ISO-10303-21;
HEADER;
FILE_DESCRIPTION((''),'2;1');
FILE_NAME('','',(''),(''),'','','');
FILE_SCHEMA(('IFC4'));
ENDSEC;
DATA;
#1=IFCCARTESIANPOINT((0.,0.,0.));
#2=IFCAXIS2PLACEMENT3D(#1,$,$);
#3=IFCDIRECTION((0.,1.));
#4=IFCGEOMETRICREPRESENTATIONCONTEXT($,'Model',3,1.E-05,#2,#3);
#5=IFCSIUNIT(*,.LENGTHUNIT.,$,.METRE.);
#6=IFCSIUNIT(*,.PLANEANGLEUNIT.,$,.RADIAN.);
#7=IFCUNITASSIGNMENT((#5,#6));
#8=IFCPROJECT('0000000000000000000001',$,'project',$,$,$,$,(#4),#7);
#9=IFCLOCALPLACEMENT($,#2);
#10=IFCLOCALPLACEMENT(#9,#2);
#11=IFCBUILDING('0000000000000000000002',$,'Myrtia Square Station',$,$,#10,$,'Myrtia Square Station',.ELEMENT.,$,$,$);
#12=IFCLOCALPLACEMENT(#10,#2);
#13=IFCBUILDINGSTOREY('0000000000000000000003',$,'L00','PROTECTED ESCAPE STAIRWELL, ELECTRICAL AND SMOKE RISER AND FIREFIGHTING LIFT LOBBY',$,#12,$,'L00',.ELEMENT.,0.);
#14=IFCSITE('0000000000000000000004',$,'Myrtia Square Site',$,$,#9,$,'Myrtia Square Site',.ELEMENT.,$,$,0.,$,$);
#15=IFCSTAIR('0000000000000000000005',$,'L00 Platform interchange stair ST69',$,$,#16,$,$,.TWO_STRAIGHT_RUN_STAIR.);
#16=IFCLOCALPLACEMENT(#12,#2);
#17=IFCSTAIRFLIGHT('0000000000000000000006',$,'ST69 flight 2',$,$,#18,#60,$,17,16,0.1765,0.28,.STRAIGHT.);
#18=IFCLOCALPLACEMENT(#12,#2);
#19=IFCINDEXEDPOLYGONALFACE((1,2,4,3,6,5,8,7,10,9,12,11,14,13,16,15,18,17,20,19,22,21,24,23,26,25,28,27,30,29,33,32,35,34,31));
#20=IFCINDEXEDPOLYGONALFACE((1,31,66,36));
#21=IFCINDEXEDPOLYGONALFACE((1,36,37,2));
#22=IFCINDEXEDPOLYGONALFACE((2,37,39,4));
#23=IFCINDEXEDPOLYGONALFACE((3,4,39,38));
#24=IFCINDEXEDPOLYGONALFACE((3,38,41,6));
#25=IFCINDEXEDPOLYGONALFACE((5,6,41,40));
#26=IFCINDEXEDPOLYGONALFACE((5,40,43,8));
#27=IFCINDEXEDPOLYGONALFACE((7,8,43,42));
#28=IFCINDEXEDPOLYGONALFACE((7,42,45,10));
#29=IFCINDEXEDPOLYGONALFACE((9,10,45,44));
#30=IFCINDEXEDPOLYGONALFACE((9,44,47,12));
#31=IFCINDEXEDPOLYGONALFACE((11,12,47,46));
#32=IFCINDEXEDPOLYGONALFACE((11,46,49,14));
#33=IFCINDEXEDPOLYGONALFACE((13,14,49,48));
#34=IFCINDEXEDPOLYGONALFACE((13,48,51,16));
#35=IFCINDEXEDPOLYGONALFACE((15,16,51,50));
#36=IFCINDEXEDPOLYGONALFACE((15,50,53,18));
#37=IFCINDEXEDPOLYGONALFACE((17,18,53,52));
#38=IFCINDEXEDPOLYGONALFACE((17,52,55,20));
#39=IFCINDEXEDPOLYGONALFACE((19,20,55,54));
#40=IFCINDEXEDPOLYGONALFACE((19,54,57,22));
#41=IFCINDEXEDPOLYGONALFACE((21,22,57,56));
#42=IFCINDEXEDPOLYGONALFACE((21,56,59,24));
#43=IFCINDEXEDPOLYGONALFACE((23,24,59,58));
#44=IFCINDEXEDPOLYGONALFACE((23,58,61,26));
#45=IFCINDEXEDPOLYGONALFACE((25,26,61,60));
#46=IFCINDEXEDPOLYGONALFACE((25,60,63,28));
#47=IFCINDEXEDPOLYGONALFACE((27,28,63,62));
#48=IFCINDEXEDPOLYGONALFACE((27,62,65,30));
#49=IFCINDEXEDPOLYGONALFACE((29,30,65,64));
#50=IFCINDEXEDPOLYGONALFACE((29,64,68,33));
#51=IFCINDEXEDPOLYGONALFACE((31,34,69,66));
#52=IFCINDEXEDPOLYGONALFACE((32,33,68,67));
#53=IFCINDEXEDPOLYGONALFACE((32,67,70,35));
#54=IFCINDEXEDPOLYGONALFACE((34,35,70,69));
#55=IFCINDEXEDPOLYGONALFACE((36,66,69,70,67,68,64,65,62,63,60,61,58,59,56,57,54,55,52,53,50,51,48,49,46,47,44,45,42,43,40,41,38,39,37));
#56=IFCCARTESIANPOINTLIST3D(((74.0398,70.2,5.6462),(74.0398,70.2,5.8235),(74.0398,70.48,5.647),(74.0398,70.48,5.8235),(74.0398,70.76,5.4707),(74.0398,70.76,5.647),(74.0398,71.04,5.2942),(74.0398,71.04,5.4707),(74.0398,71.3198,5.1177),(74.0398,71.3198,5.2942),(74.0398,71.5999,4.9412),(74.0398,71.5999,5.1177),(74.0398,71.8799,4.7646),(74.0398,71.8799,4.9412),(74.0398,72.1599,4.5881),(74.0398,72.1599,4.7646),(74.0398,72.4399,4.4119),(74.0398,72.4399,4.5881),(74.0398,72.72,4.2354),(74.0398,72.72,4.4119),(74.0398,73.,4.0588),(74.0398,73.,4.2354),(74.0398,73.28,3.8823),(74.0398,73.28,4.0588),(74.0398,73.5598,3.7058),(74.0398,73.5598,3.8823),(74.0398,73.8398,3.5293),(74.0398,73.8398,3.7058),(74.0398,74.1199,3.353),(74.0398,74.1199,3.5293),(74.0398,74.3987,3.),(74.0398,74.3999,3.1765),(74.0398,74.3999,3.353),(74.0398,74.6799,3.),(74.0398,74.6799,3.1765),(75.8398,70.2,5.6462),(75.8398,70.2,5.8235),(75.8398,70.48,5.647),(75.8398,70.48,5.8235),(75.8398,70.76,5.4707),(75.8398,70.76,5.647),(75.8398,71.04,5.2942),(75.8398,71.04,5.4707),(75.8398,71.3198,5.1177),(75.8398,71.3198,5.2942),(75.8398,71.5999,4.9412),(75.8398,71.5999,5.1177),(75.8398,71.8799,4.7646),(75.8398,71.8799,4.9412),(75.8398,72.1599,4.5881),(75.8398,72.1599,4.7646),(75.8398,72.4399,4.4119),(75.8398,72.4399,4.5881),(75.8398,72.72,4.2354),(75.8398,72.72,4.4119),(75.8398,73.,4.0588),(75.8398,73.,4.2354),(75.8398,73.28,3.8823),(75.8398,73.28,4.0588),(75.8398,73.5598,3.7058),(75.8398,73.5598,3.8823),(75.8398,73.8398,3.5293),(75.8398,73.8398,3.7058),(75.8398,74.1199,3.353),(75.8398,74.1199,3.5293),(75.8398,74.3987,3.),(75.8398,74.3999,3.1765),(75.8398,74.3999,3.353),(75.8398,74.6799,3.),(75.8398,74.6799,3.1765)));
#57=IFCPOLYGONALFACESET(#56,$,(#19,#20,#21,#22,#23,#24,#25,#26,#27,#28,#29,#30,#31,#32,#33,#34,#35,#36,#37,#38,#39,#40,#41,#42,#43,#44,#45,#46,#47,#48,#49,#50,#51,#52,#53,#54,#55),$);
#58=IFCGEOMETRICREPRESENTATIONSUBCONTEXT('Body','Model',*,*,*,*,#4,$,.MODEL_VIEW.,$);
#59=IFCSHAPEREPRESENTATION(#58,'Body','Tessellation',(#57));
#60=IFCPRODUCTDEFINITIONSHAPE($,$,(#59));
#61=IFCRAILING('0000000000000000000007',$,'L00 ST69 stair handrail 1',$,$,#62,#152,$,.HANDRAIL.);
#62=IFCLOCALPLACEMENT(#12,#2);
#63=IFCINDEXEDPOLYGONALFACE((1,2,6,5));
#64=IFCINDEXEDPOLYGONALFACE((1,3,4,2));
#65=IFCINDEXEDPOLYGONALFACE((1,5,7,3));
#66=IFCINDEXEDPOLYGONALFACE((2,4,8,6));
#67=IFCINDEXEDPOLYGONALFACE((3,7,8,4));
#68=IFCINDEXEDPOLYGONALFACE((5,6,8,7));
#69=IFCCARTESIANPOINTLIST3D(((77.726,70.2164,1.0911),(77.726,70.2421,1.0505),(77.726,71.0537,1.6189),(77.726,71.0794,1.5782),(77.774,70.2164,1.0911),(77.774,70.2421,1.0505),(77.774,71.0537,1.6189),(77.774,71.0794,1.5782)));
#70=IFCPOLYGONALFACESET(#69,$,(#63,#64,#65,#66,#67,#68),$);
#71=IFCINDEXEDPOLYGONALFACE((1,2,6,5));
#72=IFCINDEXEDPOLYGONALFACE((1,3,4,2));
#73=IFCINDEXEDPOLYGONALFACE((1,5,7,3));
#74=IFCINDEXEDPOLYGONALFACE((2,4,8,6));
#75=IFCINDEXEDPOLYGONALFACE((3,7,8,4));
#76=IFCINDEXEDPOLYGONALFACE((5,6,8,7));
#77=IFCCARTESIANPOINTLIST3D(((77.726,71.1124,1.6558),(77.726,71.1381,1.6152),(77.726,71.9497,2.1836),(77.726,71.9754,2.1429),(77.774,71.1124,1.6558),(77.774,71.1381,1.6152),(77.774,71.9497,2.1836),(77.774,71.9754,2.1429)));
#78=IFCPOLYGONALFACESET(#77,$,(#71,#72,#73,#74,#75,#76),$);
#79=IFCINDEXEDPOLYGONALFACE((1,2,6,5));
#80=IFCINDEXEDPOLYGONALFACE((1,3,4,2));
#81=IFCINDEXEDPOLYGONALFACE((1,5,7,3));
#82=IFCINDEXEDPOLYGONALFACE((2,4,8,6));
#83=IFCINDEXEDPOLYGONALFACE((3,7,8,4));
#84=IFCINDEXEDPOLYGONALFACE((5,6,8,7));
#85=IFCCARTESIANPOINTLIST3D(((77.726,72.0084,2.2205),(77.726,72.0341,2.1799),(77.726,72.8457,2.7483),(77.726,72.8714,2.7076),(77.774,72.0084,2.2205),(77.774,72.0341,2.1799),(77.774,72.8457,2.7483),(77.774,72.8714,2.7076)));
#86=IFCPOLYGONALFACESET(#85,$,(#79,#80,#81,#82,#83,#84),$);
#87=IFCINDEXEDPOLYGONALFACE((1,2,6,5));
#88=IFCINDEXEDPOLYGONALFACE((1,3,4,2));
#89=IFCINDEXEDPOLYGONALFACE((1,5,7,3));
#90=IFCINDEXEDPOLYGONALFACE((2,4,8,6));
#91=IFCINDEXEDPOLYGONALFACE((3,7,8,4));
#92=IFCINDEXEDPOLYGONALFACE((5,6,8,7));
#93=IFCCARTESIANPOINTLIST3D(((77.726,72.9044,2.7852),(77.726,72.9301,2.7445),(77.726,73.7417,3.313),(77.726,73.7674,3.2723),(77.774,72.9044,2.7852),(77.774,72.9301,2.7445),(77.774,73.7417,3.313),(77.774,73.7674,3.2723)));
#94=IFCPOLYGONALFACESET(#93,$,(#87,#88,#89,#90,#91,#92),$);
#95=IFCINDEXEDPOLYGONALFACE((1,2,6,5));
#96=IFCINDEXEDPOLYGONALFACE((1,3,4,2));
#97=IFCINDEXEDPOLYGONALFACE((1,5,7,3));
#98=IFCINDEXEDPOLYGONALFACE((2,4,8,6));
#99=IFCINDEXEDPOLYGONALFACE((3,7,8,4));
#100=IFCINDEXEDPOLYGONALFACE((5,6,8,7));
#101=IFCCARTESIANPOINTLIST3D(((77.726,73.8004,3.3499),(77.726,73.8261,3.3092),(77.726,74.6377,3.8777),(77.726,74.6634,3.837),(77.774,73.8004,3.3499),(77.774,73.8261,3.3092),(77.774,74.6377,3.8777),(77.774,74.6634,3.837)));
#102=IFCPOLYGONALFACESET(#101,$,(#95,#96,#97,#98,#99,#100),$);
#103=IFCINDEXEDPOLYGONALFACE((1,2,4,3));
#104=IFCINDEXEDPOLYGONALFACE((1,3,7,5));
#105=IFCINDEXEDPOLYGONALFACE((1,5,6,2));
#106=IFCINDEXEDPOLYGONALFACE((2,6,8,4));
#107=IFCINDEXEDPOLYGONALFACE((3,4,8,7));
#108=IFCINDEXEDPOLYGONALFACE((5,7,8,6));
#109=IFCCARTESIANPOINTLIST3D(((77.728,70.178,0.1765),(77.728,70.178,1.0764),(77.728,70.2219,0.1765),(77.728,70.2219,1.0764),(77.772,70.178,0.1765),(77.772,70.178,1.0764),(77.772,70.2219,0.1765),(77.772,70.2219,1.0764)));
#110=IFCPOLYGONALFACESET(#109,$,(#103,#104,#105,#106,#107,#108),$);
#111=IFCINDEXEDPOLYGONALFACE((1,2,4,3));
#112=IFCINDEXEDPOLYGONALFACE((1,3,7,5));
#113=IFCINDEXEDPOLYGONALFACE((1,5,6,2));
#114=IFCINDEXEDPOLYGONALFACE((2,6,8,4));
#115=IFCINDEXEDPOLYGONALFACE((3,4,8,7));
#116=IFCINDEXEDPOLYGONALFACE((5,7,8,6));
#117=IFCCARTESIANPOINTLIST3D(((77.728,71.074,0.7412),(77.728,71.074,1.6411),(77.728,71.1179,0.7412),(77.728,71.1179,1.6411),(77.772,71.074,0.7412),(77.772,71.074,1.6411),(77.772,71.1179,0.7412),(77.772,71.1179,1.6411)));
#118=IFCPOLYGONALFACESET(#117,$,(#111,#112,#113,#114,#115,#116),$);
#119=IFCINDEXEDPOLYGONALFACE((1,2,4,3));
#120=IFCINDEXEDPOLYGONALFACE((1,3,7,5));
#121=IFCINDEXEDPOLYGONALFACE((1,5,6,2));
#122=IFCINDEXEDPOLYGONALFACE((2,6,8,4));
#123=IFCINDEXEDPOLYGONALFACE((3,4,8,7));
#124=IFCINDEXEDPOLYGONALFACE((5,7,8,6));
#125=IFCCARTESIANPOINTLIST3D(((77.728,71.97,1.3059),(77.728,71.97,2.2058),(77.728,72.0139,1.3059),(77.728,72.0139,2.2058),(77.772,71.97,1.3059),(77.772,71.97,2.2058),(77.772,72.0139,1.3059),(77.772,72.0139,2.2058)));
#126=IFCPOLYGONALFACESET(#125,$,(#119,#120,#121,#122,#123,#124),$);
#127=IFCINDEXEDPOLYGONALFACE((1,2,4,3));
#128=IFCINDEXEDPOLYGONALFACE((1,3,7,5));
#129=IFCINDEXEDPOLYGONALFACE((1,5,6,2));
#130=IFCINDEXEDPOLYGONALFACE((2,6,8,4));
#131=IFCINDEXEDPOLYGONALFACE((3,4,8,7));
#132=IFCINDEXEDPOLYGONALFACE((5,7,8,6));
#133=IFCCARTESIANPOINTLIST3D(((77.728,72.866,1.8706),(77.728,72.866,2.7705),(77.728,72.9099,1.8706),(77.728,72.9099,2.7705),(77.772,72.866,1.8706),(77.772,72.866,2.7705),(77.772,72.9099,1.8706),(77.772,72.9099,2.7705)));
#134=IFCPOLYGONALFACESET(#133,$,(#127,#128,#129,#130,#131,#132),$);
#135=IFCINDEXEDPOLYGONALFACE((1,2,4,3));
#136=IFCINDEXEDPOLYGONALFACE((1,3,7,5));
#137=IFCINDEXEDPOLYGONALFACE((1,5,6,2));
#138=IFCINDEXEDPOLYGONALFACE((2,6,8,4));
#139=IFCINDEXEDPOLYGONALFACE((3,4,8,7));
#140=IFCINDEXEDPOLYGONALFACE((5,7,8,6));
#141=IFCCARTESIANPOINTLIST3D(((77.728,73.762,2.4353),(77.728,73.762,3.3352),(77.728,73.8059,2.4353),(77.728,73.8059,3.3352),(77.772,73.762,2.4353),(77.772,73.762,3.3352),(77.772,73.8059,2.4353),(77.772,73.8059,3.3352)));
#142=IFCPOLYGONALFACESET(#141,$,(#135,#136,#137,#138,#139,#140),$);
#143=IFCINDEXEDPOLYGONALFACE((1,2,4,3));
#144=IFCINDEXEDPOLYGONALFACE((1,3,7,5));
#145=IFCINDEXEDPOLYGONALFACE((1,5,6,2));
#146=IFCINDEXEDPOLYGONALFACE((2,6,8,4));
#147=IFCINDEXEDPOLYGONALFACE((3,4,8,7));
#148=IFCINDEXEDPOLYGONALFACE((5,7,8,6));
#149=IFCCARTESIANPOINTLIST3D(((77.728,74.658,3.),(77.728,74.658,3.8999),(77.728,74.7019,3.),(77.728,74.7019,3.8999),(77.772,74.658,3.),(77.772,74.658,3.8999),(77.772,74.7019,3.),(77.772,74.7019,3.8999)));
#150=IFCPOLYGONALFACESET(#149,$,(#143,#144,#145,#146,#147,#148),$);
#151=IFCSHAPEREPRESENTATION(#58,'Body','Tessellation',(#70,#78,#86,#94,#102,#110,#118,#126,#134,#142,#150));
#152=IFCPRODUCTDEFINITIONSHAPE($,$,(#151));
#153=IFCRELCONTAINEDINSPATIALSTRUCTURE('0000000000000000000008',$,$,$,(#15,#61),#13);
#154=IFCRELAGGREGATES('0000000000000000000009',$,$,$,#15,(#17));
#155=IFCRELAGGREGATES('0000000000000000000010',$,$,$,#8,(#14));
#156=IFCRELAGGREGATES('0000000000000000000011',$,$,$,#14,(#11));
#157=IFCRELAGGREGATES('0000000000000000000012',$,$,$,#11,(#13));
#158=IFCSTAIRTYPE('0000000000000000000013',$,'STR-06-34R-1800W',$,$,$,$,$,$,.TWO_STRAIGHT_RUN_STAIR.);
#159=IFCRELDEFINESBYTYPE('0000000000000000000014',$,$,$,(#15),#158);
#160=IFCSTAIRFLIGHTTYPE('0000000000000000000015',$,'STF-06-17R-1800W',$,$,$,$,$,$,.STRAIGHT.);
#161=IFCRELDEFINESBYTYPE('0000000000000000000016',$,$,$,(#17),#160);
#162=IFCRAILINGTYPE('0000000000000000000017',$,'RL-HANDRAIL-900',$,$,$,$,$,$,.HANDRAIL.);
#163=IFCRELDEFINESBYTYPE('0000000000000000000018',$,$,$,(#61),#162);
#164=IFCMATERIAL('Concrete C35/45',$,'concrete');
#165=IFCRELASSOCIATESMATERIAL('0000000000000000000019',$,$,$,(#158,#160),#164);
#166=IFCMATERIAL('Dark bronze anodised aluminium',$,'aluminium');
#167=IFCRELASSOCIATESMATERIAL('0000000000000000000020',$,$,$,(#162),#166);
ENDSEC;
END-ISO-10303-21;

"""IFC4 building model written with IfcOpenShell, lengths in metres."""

from ifc_helpers import new_model, si_unit, direction, frame, origin, origin_2d, place, context, subcontext, project, spatial, polyline, rectangle, outline, extrude, material, type_object, element, aggregate, save


model = new_model("IFC4")

# Units and contexts
model_context = context("Model", 3, precision=1e-05, world=origin(), true_north=direction((0.0, 1.0)))
body_context = subcontext(model_context, "Body", "Model", "MODEL_VIEW")
ifc_project = project(units=[si_unit("LENGTHUNIT", "METRE"), si_unit("PLANEANGLEUNIT", "RADIAN")], contexts=[model_context])

# Site, building, storey
site_placement = place(None, origin())
site = spatial("IfcSite", under=ifc_project, at=site_placement, Name="Myrtia Square Site", LongName="Myrtia Square Site", CompositionType="ELEMENT", RefElevation=0.0)
building_placement = place(site_placement, origin())
building = spatial("IfcBuilding", under=site, at=building_placement, Name="Myrtia Square Station", LongName="Myrtia Square Station", CompositionType="ELEMENT")
storey_placement = place(building_placement, origin())
storey = spatial("IfcBuildingStorey", under=building, at=storey_placement, Name="L00", Description="PROTECTED ESCAPE STAIRWELL, ELECTRICAL AND SMOKE RISER AND FIREFIGHTING LIFT LOBBY", LongName="L00", CompositionType="ELEMENT", Elevation=0.0)

# Shared definitions
ifc_material_1 = material(Name="Dark bronze anodised aluminium", Category="aluminium")

# Shared definitions
ifc_material_2 = material(Name="Concrete C35/45", Category="concrete")

# Stair, stair flight
stair_type = type_object("IfcStairType", Name="STR-06-34R-1800W", PredefinedType="TWO_STRAIGHT_RUN_STAIR", material=ifc_material_2)
stair_placement = place(storey_placement, origin())
stair = element("IfcStair", 1, at=stair_placement, inside=storey, type_object=stair_type, Name="L00 Platform interchange stair ST69", PredefinedType="TWO_STRAIGHT_RUN_STAIR")
stair_flight_type = type_object("IfcStairFlightType", Name="STF-06-17R-1800W", PredefinedType="STRAIGHT", material=ifc_material_2)
stair_flight_1_placement = place(storey_placement, frame((74.9399, 74.6799, 3.0), z_axis=(0.0, 0.0, 1.0), x_axis=(0.0, -1.0, 0.0)))
stair_flight_1 = element("IfcStairFlight", 2, at=stair_flight_1_placement, type_object=stair_flight_type, Name="ST69 flight 2", NumberOfRisers=17, NumberOfTreads=16, PredefinedType="STRAIGHT", RiserHeight=0.1765, TreadLength=0.28, context=body_context, shape_type="SweptSolid", body=[
    extrude(outline(polyline([(0.0, 0.0), (0.0, 0.1765), (0.28, 0.1765), (0.28, 0.353), (0.5601, 0.353), (0.5601, 0.5293), (0.8401, 0.5293), (0.8401, 0.7058), (1.1201, 0.7058), (1.1201, 0.8823), (1.3999, 0.8823), (1.3999, 1.0588), (1.6799, 1.0588), (1.6799, 1.2354), (1.96, 1.2354), (1.96, 1.4119), (2.24, 1.4119), (2.24, 1.5881), (2.52, 1.5881), (2.52, 1.7646), (2.8, 1.7646), (2.8, 1.9412), (3.0801, 1.9412), (3.0801, 2.1177), (3.3601, 2.1177), (3.3601, 2.2942), (3.6399, 2.2942), (3.6399, 2.4707), (3.9199, 2.4707), (3.9199, 2.647), (4.2, 2.647), (4.2, 2.8235), (4.48, 2.8235), (4.48, 3.0), (4.48, 2.6462), (0.2812, 0.0), (0.0, 0.0)])), frame((0.0, 0.8999, 0.0), z_axis=(0.0, -1.0, 0.0), x_axis=(1.0, 0.0, 0.0)), (0.0, 0.0, 1.0), 1.8),
])
aggregate(stair, [stair_flight_1])

# Railing
railing_type_1 = type_object("IfcRailingType", Name="RL-HANDRAIL-900", PredefinedType="HANDRAIL", material=ifc_material_1)
railing_1_placement = place(storey_placement, frame((77.75, 70.2, 0.1765)))
element("IfcRailing", 3, at=railing_1_placement, inside=storey, type_object=railing_type_1, Name="L00 ST69 stair handrail 1", PredefinedType="HANDRAIL", context=body_context, shape_type="SweptSolid", body=[
    extrude(rectangle(XDim=0.0481, YDim=0.0481, at=origin_2d()), frame((0.0, 0.0293, 0.8943), z_axis=(0.0, 0.845998, 0.533186), x_axis=(-1.0, 0.0, 0.0)), (0.0, 0.0, 1.0), 0.9897),
    extrude(rectangle(XDim=0.0481, YDim=0.0481, at=origin_2d()), frame((0.0, 0.9253, 1.459), z_axis=(0.0, 0.845998, 0.533186), x_axis=(-1.0, 0.0, 0.0)), (0.0, 0.0, 1.0), 0.9897),
    extrude(rectangle(XDim=0.0481, YDim=0.0481, at=origin_2d()), frame((0.0, 1.8213, 2.0237), z_axis=(0.0, 0.845998, 0.533186), x_axis=(-1.0, 0.0, 0.0)), (0.0, 0.0, 1.0), 0.9897),
    extrude(rectangle(XDim=0.0481, YDim=0.0481, at=origin_2d()), frame((0.0, 2.7173, 2.5884), z_axis=(0.0, 0.845998, 0.533186), x_axis=(-1.0, 0.0, 0.0)), (0.0, 0.0, 1.0), 0.9897),
    extrude(rectangle(XDim=0.0481, YDim=0.0481, at=origin_2d()), frame((0.0, 3.6133, 3.1531), z_axis=(0.0, 0.845998, 0.533186), x_axis=(-1.0, 0.0, 0.0)), (0.0, 0.0, 1.0), 0.9897),
    extrude(rectangle(XDim=0.0439, YDim=0.0439, at=origin_2d()), origin(), (0.0, 0.0, 1.0), 0.8999),
    extrude(rectangle(XDim=0.0439, YDim=0.0439, at=origin_2d()), frame((0.0, 0.896, 0.5647)), (0.0, 0.0, 1.0), 0.8999),
    extrude(rectangle(XDim=0.0439, YDim=0.0439, at=origin_2d()), frame((0.0, 1.792, 1.1294)), (0.0, 0.0, 1.0), 0.8999),
    extrude(rectangle(XDim=0.0439, YDim=0.0439, at=origin_2d()), frame((0.0, 2.688, 1.6941)), (0.0, 0.0, 1.0), 0.8999),
    extrude(rectangle(XDim=0.0439, YDim=0.0439, at=origin_2d()), frame((0.0, 3.584, 2.2588)), (0.0, 0.0, 1.0), 0.8999),
    extrude(rectangle(XDim=0.0439, YDim=0.0439, at=origin_2d()), frame((0.0, 4.48, 2.8235)), (0.0, 0.0, 1.0), 0.8999),
])

save(model, "model.ifc")
